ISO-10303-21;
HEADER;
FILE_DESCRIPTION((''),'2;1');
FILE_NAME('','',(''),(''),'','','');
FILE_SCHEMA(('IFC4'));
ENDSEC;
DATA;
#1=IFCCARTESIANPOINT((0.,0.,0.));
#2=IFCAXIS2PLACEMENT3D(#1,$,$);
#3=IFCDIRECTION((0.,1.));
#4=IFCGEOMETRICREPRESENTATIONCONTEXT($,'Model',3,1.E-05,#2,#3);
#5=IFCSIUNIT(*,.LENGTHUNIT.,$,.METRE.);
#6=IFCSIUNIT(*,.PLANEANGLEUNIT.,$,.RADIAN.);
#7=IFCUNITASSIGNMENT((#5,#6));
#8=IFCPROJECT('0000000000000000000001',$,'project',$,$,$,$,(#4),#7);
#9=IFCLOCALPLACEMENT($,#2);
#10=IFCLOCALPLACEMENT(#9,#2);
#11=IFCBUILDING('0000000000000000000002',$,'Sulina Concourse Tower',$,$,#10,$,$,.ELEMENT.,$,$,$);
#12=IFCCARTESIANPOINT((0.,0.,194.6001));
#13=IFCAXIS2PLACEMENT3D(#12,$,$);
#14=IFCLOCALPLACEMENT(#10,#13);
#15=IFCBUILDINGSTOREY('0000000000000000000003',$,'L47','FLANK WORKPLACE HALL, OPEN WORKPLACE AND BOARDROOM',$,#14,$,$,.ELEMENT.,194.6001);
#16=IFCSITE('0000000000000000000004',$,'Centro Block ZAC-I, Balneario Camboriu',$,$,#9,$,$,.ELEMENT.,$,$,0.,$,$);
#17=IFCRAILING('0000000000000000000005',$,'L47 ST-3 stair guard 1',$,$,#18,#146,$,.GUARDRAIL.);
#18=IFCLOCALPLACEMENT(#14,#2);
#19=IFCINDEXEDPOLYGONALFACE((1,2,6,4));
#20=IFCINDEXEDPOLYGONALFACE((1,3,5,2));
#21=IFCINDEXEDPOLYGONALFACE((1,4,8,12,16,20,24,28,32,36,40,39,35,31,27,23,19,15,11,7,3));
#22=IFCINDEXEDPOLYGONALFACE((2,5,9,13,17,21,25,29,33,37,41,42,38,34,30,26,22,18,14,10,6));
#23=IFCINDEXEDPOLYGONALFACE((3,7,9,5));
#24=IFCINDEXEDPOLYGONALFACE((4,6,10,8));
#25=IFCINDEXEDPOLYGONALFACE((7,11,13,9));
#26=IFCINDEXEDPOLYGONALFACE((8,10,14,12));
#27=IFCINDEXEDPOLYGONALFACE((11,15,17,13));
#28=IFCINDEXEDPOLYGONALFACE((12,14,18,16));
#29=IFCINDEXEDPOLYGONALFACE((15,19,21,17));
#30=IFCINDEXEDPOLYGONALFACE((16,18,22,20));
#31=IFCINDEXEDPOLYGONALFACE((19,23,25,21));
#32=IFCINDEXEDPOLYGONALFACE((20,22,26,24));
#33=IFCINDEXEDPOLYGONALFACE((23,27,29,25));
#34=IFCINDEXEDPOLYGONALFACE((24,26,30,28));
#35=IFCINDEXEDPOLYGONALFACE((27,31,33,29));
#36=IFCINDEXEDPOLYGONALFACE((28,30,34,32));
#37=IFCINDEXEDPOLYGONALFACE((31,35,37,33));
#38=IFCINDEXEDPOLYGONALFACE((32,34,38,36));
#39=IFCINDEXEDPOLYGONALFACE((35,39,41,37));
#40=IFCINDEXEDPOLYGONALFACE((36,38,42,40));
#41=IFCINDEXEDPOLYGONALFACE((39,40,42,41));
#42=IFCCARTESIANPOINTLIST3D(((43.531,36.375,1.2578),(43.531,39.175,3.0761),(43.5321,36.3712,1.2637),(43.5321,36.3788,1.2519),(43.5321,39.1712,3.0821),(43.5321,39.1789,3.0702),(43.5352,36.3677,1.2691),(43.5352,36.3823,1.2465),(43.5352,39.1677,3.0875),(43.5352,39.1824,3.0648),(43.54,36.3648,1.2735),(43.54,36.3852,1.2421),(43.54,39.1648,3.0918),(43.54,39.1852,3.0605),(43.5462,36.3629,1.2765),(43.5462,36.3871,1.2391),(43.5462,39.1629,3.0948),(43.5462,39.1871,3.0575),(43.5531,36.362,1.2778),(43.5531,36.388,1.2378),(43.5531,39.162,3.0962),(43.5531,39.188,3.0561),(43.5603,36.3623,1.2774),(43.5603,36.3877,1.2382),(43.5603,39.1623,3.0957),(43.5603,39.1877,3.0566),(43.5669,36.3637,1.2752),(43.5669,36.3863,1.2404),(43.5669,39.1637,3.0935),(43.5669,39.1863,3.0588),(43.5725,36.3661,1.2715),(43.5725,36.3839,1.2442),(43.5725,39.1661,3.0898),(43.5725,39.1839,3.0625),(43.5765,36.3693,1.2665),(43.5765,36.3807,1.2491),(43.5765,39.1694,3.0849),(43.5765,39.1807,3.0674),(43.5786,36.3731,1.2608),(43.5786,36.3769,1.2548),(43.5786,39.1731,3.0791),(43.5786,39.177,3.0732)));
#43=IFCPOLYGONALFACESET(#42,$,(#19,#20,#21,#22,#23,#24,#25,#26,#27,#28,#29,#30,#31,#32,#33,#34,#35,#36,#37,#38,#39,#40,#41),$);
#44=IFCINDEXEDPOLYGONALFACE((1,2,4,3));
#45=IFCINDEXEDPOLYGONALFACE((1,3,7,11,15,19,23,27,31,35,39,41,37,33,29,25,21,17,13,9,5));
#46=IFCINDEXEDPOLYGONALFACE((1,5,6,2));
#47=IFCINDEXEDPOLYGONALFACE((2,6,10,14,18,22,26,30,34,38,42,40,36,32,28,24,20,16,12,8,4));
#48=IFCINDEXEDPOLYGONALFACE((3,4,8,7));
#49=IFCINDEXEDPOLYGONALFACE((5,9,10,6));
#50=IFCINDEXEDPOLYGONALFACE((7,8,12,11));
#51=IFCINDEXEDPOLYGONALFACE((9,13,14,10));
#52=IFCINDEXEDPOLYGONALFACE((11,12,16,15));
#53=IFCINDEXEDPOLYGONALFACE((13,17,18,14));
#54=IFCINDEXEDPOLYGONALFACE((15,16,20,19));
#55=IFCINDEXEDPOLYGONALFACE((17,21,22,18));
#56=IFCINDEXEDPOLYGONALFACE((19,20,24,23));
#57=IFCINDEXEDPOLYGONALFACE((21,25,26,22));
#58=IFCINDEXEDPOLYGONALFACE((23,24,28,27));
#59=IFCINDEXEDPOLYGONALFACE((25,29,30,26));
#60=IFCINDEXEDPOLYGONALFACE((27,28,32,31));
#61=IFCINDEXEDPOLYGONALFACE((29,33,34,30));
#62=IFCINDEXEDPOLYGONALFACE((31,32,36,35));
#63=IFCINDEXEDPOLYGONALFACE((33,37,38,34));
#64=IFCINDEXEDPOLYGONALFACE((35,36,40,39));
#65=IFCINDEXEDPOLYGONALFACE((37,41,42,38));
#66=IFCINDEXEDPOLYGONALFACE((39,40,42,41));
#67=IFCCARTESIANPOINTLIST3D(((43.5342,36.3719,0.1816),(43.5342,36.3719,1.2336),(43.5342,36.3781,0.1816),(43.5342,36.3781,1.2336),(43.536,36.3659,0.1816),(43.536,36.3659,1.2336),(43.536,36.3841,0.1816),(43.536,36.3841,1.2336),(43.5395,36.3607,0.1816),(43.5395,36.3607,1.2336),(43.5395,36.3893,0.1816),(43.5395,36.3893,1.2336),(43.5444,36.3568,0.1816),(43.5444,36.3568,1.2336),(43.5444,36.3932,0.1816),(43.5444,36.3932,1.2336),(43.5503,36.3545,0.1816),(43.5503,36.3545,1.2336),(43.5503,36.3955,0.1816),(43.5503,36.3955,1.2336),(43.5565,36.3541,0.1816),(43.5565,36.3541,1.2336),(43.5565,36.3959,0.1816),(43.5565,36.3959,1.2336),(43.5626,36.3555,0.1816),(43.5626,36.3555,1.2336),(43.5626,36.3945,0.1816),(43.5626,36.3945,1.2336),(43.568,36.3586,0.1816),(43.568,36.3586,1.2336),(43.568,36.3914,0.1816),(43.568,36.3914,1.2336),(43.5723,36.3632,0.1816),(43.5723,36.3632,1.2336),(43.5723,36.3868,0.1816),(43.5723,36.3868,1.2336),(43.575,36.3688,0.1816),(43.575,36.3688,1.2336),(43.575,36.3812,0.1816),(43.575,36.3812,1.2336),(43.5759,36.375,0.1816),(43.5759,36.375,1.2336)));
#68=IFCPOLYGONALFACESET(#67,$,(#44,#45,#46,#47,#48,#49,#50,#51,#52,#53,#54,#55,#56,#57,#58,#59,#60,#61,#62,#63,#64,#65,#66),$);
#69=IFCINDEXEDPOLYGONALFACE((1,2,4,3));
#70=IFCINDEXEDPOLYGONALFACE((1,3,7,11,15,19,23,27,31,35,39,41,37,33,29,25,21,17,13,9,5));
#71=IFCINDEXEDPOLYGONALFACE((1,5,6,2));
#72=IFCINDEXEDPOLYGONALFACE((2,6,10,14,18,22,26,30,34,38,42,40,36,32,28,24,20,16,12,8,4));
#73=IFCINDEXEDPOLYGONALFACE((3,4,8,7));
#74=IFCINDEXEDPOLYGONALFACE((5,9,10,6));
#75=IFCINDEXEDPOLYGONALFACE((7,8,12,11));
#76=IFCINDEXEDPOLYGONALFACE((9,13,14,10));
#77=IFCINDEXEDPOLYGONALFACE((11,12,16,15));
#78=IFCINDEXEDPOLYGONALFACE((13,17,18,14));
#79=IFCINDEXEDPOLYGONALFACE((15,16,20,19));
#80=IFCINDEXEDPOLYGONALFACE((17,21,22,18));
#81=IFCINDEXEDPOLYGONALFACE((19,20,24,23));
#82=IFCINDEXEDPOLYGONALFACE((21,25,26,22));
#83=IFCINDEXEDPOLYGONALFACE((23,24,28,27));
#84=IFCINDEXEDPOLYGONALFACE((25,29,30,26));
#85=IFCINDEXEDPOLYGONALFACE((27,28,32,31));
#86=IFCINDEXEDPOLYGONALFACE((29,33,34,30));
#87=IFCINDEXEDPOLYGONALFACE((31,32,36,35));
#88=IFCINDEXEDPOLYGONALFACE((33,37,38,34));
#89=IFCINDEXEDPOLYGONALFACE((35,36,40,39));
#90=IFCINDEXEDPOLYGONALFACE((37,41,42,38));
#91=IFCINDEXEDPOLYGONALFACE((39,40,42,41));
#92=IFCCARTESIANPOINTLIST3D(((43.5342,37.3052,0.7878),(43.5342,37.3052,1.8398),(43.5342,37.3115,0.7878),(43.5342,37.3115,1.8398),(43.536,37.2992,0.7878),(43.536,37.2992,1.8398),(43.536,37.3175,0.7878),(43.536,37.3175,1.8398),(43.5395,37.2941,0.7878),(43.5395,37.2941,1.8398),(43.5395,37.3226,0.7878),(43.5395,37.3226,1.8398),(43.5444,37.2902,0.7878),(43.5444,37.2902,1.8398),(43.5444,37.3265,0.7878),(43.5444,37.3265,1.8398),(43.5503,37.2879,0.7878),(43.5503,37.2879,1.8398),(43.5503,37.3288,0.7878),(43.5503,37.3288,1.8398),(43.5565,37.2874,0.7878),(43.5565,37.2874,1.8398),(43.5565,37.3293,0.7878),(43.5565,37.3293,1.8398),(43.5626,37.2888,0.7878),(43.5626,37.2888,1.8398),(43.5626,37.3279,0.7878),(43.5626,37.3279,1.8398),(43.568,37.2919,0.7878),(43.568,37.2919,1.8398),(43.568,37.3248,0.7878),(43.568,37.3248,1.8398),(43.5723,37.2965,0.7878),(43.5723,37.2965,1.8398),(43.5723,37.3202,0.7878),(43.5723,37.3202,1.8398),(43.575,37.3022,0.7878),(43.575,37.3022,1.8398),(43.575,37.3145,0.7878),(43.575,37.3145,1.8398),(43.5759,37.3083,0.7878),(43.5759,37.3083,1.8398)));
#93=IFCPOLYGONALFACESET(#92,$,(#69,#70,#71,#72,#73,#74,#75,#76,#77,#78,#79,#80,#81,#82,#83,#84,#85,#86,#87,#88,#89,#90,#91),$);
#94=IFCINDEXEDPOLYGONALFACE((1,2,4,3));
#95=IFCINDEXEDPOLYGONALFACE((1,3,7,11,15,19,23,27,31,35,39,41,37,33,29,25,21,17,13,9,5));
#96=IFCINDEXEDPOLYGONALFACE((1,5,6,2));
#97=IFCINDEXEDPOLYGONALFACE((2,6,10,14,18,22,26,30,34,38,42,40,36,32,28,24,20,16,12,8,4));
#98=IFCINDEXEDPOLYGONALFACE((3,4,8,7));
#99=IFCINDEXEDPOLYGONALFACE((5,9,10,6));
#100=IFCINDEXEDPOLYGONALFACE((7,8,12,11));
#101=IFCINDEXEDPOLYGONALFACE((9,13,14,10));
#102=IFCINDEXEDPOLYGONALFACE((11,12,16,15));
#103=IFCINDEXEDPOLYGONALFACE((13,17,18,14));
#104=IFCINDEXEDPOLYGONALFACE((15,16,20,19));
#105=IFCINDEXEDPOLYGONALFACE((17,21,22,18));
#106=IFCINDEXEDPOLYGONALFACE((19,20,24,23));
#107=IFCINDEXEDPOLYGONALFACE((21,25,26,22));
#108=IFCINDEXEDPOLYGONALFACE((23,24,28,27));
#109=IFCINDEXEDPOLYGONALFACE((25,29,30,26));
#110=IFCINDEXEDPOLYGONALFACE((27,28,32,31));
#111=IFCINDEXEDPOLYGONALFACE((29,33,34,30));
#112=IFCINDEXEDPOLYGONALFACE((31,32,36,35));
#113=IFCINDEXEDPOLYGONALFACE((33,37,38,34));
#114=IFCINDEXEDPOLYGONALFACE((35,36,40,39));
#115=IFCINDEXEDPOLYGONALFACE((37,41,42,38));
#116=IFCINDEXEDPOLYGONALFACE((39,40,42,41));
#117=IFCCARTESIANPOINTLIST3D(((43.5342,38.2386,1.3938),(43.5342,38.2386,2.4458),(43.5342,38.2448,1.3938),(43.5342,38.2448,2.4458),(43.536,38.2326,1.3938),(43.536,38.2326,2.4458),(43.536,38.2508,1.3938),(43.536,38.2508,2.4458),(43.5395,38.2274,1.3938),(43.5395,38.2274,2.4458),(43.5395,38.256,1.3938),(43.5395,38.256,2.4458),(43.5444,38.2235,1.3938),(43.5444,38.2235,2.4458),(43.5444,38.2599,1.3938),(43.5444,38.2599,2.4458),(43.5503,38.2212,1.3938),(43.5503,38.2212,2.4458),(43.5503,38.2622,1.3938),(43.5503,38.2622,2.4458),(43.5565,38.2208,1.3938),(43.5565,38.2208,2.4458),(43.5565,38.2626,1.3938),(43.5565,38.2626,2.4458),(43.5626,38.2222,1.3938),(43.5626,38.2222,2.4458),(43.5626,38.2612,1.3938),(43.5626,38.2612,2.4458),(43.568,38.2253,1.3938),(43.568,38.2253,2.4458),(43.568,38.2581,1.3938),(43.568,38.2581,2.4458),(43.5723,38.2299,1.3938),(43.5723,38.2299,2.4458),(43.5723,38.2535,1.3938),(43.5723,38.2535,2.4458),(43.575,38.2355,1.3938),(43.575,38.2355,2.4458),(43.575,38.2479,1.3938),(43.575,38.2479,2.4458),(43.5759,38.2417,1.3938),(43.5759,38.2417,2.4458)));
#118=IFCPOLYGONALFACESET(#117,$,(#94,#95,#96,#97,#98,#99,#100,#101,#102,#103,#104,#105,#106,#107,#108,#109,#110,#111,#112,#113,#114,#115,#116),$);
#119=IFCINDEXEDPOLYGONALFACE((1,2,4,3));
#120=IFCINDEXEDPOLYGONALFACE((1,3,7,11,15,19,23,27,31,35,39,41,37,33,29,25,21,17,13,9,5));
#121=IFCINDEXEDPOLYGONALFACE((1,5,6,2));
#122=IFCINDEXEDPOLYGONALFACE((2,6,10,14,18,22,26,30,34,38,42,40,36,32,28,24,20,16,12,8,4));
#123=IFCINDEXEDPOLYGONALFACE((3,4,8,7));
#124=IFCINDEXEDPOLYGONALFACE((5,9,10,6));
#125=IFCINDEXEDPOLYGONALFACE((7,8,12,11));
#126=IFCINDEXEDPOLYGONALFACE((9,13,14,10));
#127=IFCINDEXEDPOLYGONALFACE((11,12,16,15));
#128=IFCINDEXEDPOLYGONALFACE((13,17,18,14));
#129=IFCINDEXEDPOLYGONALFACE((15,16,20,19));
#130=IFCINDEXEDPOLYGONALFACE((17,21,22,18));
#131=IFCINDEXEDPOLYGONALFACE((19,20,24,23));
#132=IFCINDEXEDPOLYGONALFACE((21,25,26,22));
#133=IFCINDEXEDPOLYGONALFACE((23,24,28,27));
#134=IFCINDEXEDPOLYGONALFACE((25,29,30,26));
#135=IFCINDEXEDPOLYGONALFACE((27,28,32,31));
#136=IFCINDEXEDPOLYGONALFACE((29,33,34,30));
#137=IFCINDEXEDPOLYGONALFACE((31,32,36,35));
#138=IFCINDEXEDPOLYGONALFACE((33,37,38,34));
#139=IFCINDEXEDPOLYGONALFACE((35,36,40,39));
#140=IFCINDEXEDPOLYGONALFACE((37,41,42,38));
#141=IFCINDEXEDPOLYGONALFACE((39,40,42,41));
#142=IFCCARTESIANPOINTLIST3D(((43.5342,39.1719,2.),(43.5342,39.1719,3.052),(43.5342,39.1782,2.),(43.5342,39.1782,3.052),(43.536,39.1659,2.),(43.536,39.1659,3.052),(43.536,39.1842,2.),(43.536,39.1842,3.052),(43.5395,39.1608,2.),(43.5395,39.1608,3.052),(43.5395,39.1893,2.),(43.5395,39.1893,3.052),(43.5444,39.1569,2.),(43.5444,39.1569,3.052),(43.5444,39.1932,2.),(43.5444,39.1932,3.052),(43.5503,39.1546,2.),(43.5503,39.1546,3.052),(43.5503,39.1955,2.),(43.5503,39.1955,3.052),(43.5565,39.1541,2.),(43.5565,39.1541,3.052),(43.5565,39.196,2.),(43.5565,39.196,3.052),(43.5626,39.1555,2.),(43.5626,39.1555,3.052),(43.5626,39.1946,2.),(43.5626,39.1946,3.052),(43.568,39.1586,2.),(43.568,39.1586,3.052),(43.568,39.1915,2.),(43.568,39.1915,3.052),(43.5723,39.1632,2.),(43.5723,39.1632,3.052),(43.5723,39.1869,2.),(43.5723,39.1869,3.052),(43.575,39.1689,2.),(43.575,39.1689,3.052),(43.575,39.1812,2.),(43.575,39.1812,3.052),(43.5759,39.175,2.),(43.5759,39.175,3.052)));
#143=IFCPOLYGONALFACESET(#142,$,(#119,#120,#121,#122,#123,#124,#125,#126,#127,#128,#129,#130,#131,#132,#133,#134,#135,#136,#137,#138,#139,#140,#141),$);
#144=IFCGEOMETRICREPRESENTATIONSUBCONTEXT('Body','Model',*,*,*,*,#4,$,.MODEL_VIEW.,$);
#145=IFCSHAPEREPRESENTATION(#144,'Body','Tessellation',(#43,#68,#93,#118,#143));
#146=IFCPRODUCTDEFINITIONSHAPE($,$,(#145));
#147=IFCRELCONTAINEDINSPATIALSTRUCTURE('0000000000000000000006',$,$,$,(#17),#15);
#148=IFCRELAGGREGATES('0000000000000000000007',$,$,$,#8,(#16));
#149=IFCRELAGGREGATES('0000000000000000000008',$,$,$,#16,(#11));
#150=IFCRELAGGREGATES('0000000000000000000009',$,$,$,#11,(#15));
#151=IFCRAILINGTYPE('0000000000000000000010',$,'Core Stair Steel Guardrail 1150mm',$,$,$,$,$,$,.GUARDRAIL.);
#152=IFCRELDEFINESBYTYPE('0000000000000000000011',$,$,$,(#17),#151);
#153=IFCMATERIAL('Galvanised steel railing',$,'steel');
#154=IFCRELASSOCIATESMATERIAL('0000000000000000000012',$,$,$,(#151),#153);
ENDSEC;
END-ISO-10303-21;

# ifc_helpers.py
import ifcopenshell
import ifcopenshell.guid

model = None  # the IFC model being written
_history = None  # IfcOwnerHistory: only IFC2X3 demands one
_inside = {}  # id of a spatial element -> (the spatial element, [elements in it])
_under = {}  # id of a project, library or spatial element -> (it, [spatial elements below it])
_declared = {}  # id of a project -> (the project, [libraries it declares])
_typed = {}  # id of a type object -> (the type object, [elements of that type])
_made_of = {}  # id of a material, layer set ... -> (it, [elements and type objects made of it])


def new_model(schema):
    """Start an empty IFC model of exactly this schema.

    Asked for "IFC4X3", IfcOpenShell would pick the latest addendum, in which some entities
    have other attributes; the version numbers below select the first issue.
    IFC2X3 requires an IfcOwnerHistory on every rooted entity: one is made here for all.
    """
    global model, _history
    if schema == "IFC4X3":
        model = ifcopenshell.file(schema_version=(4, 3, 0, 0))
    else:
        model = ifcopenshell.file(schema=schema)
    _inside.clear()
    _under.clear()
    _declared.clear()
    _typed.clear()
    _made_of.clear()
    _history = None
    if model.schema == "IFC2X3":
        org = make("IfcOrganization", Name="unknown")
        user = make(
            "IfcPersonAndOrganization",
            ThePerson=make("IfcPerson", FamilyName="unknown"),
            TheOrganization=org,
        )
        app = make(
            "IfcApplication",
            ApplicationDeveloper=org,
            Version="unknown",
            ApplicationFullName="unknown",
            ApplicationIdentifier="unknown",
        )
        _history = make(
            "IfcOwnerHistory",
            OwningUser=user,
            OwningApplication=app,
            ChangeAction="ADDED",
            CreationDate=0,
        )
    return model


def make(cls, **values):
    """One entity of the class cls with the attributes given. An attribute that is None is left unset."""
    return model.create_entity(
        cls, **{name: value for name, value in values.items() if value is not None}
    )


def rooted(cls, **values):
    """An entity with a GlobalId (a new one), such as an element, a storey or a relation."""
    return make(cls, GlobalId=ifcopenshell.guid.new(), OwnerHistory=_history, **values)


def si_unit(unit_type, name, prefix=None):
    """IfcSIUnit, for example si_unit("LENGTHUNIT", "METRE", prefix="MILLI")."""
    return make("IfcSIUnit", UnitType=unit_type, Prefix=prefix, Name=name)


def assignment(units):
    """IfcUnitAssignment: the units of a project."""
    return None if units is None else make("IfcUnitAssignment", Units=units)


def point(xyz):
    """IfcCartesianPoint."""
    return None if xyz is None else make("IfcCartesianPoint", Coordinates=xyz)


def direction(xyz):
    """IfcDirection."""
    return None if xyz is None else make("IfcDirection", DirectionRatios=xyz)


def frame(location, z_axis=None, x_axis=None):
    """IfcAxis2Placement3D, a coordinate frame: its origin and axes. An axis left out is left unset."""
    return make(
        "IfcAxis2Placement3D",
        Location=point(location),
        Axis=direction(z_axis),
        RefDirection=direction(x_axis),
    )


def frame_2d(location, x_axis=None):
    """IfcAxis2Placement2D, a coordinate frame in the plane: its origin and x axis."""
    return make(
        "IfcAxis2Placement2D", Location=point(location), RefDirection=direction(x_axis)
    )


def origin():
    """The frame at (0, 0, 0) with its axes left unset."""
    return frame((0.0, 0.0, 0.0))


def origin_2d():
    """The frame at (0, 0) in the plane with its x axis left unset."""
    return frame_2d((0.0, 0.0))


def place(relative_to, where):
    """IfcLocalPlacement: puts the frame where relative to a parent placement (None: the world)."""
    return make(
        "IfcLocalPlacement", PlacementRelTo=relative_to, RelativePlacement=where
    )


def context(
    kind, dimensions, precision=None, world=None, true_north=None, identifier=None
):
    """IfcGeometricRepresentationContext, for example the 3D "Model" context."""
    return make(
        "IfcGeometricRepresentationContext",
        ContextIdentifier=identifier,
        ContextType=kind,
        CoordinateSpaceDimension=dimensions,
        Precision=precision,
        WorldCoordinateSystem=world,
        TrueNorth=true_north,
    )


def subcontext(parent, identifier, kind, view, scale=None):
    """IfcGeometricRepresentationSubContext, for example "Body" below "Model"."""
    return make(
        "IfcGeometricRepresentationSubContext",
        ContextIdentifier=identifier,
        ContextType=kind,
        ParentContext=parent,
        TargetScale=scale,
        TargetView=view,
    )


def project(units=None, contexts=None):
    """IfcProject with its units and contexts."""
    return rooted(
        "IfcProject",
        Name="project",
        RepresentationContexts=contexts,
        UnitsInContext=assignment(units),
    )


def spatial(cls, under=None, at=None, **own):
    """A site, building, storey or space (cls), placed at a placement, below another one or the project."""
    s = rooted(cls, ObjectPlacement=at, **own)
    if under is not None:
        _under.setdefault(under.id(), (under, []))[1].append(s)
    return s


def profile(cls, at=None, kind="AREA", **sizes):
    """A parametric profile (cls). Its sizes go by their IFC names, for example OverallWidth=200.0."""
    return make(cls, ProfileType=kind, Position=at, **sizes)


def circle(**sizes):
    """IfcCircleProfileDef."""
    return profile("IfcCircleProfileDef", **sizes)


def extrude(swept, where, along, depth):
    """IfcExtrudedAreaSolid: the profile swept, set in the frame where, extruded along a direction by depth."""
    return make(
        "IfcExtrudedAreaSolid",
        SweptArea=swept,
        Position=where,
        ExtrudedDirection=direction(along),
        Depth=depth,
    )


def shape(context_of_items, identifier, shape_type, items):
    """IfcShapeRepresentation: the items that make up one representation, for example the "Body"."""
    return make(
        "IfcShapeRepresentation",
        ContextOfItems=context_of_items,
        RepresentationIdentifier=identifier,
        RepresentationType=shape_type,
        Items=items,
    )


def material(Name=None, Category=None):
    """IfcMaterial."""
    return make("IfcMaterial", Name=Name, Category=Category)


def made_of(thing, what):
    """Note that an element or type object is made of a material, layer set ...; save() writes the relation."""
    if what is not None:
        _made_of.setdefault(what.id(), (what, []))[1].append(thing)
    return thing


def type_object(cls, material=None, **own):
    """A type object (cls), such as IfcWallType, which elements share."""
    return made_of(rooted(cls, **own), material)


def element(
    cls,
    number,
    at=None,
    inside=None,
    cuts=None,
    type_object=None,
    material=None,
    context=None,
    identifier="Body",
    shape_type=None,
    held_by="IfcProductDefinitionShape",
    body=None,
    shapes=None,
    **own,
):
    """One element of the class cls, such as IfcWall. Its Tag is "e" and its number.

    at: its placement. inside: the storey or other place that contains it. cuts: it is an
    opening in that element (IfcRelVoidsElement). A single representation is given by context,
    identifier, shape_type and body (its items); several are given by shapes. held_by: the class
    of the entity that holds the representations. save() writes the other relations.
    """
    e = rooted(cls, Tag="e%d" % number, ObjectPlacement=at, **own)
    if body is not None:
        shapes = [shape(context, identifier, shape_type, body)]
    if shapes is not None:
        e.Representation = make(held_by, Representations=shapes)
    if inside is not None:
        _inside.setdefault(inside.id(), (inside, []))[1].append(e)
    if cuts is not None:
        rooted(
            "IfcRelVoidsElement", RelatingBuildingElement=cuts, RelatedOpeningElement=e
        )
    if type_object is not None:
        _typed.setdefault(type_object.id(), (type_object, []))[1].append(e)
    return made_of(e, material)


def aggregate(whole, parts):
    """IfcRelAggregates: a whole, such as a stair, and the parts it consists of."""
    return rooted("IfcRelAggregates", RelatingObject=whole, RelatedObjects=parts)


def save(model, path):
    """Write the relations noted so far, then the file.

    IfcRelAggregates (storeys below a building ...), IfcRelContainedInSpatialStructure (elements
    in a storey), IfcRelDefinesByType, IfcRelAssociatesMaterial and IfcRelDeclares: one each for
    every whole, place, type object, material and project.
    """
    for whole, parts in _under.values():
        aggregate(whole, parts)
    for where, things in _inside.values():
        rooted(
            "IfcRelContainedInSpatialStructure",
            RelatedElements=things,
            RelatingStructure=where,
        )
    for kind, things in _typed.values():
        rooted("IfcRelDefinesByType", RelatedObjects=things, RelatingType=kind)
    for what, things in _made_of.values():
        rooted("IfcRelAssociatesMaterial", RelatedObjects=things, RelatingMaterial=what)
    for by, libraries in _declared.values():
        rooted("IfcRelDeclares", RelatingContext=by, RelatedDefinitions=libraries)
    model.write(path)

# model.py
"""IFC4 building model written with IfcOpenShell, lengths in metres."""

from ifc_helpers import new_model, si_unit, direction, frame, origin, origin_2d, place, context, subcontext, project, spatial, circle, extrude, material, type_object, element, save


model = new_model("IFC4")

# Units and contexts
model_context = context("Model", 3, precision=1e-05, world=origin(), true_north=direction((0.0, 1.0)))
body_context = subcontext(model_context, "Body", "Model", "MODEL_VIEW")
ifc_project = project(units=[si_unit("LENGTHUNIT", "METRE"), si_unit("PLANEANGLEUNIT", "RADIAN")], contexts=[model_context])

# Site, building, storey
site_placement = place(None, origin())
site = spatial("IfcSite", under=ifc_project, at=site_placement, Name="Centro Block ZAC-I, Balneario Camboriu", CompositionType="ELEMENT", RefElevation=0.0)
building_placement = place(site_placement, origin())
building = spatial("IfcBuilding", under=site, at=building_placement, Name="Sulina Concourse Tower", CompositionType="ELEMENT")
storey_placement = place(building_placement, frame((0.0, 0.0, 194.6001)))
storey = spatial("IfcBuildingStorey", under=building, at=storey_placement, Name="L47", Description="FLANK WORKPLACE HALL, OPEN WORKPLACE AND BOARDROOM", CompositionType="ELEMENT", Elevation=194.6001)

# Railing
ifc_material_1 = material(Name="Galvanised steel railing", Category="steel")
railing_type_1 = type_object("IfcRailingType", Name="Core Stair Steel Guardrail 1150mm", PredefinedType="GUARDRAIL", material=ifc_material_1)
railing_1_placement = place(storey_placement, frame((43.5549, 36.375, 0.1816)))
element("IfcRailing", 1, at=railing_1_placement, inside=storey, type_object=railing_type_1, Name="L47 ST-3 stair guard 1", PredefinedType="GUARDRAIL", context=body_context, shape_type="SweptSolid", body=[
    extrude(circle(Radius=0.0239, at=origin_2d()), frame((0.0, 0.0, 1.0762), z_axis=(0.0, 0.838672, 0.544636), x_axis=(-1.0, 0.0, 0.0)), (0.0, 0.0, 1.0), 3.3386),
    extrude(circle(Radius=0.021, at=origin_2d()), origin(), (0.0, 0.0, 1.0), 1.052),
    extrude(circle(Radius=0.021, at=origin_2d()), frame((0.0, 0.9333, 0.6062)), (0.0, 0.0, 1.0), 1.052),
    extrude(circle(Radius=0.021, at=origin_2d()), frame((0.0, 1.8667, 1.2122)), (0.0, 0.0, 1.0), 1.052),
    extrude(circle(Radius=0.021, at=origin_2d()), frame((0.0, 2.8, 1.8184)), (0.0, 0.0, 1.0), 1.052),
])

save(model, "model.ifc")
